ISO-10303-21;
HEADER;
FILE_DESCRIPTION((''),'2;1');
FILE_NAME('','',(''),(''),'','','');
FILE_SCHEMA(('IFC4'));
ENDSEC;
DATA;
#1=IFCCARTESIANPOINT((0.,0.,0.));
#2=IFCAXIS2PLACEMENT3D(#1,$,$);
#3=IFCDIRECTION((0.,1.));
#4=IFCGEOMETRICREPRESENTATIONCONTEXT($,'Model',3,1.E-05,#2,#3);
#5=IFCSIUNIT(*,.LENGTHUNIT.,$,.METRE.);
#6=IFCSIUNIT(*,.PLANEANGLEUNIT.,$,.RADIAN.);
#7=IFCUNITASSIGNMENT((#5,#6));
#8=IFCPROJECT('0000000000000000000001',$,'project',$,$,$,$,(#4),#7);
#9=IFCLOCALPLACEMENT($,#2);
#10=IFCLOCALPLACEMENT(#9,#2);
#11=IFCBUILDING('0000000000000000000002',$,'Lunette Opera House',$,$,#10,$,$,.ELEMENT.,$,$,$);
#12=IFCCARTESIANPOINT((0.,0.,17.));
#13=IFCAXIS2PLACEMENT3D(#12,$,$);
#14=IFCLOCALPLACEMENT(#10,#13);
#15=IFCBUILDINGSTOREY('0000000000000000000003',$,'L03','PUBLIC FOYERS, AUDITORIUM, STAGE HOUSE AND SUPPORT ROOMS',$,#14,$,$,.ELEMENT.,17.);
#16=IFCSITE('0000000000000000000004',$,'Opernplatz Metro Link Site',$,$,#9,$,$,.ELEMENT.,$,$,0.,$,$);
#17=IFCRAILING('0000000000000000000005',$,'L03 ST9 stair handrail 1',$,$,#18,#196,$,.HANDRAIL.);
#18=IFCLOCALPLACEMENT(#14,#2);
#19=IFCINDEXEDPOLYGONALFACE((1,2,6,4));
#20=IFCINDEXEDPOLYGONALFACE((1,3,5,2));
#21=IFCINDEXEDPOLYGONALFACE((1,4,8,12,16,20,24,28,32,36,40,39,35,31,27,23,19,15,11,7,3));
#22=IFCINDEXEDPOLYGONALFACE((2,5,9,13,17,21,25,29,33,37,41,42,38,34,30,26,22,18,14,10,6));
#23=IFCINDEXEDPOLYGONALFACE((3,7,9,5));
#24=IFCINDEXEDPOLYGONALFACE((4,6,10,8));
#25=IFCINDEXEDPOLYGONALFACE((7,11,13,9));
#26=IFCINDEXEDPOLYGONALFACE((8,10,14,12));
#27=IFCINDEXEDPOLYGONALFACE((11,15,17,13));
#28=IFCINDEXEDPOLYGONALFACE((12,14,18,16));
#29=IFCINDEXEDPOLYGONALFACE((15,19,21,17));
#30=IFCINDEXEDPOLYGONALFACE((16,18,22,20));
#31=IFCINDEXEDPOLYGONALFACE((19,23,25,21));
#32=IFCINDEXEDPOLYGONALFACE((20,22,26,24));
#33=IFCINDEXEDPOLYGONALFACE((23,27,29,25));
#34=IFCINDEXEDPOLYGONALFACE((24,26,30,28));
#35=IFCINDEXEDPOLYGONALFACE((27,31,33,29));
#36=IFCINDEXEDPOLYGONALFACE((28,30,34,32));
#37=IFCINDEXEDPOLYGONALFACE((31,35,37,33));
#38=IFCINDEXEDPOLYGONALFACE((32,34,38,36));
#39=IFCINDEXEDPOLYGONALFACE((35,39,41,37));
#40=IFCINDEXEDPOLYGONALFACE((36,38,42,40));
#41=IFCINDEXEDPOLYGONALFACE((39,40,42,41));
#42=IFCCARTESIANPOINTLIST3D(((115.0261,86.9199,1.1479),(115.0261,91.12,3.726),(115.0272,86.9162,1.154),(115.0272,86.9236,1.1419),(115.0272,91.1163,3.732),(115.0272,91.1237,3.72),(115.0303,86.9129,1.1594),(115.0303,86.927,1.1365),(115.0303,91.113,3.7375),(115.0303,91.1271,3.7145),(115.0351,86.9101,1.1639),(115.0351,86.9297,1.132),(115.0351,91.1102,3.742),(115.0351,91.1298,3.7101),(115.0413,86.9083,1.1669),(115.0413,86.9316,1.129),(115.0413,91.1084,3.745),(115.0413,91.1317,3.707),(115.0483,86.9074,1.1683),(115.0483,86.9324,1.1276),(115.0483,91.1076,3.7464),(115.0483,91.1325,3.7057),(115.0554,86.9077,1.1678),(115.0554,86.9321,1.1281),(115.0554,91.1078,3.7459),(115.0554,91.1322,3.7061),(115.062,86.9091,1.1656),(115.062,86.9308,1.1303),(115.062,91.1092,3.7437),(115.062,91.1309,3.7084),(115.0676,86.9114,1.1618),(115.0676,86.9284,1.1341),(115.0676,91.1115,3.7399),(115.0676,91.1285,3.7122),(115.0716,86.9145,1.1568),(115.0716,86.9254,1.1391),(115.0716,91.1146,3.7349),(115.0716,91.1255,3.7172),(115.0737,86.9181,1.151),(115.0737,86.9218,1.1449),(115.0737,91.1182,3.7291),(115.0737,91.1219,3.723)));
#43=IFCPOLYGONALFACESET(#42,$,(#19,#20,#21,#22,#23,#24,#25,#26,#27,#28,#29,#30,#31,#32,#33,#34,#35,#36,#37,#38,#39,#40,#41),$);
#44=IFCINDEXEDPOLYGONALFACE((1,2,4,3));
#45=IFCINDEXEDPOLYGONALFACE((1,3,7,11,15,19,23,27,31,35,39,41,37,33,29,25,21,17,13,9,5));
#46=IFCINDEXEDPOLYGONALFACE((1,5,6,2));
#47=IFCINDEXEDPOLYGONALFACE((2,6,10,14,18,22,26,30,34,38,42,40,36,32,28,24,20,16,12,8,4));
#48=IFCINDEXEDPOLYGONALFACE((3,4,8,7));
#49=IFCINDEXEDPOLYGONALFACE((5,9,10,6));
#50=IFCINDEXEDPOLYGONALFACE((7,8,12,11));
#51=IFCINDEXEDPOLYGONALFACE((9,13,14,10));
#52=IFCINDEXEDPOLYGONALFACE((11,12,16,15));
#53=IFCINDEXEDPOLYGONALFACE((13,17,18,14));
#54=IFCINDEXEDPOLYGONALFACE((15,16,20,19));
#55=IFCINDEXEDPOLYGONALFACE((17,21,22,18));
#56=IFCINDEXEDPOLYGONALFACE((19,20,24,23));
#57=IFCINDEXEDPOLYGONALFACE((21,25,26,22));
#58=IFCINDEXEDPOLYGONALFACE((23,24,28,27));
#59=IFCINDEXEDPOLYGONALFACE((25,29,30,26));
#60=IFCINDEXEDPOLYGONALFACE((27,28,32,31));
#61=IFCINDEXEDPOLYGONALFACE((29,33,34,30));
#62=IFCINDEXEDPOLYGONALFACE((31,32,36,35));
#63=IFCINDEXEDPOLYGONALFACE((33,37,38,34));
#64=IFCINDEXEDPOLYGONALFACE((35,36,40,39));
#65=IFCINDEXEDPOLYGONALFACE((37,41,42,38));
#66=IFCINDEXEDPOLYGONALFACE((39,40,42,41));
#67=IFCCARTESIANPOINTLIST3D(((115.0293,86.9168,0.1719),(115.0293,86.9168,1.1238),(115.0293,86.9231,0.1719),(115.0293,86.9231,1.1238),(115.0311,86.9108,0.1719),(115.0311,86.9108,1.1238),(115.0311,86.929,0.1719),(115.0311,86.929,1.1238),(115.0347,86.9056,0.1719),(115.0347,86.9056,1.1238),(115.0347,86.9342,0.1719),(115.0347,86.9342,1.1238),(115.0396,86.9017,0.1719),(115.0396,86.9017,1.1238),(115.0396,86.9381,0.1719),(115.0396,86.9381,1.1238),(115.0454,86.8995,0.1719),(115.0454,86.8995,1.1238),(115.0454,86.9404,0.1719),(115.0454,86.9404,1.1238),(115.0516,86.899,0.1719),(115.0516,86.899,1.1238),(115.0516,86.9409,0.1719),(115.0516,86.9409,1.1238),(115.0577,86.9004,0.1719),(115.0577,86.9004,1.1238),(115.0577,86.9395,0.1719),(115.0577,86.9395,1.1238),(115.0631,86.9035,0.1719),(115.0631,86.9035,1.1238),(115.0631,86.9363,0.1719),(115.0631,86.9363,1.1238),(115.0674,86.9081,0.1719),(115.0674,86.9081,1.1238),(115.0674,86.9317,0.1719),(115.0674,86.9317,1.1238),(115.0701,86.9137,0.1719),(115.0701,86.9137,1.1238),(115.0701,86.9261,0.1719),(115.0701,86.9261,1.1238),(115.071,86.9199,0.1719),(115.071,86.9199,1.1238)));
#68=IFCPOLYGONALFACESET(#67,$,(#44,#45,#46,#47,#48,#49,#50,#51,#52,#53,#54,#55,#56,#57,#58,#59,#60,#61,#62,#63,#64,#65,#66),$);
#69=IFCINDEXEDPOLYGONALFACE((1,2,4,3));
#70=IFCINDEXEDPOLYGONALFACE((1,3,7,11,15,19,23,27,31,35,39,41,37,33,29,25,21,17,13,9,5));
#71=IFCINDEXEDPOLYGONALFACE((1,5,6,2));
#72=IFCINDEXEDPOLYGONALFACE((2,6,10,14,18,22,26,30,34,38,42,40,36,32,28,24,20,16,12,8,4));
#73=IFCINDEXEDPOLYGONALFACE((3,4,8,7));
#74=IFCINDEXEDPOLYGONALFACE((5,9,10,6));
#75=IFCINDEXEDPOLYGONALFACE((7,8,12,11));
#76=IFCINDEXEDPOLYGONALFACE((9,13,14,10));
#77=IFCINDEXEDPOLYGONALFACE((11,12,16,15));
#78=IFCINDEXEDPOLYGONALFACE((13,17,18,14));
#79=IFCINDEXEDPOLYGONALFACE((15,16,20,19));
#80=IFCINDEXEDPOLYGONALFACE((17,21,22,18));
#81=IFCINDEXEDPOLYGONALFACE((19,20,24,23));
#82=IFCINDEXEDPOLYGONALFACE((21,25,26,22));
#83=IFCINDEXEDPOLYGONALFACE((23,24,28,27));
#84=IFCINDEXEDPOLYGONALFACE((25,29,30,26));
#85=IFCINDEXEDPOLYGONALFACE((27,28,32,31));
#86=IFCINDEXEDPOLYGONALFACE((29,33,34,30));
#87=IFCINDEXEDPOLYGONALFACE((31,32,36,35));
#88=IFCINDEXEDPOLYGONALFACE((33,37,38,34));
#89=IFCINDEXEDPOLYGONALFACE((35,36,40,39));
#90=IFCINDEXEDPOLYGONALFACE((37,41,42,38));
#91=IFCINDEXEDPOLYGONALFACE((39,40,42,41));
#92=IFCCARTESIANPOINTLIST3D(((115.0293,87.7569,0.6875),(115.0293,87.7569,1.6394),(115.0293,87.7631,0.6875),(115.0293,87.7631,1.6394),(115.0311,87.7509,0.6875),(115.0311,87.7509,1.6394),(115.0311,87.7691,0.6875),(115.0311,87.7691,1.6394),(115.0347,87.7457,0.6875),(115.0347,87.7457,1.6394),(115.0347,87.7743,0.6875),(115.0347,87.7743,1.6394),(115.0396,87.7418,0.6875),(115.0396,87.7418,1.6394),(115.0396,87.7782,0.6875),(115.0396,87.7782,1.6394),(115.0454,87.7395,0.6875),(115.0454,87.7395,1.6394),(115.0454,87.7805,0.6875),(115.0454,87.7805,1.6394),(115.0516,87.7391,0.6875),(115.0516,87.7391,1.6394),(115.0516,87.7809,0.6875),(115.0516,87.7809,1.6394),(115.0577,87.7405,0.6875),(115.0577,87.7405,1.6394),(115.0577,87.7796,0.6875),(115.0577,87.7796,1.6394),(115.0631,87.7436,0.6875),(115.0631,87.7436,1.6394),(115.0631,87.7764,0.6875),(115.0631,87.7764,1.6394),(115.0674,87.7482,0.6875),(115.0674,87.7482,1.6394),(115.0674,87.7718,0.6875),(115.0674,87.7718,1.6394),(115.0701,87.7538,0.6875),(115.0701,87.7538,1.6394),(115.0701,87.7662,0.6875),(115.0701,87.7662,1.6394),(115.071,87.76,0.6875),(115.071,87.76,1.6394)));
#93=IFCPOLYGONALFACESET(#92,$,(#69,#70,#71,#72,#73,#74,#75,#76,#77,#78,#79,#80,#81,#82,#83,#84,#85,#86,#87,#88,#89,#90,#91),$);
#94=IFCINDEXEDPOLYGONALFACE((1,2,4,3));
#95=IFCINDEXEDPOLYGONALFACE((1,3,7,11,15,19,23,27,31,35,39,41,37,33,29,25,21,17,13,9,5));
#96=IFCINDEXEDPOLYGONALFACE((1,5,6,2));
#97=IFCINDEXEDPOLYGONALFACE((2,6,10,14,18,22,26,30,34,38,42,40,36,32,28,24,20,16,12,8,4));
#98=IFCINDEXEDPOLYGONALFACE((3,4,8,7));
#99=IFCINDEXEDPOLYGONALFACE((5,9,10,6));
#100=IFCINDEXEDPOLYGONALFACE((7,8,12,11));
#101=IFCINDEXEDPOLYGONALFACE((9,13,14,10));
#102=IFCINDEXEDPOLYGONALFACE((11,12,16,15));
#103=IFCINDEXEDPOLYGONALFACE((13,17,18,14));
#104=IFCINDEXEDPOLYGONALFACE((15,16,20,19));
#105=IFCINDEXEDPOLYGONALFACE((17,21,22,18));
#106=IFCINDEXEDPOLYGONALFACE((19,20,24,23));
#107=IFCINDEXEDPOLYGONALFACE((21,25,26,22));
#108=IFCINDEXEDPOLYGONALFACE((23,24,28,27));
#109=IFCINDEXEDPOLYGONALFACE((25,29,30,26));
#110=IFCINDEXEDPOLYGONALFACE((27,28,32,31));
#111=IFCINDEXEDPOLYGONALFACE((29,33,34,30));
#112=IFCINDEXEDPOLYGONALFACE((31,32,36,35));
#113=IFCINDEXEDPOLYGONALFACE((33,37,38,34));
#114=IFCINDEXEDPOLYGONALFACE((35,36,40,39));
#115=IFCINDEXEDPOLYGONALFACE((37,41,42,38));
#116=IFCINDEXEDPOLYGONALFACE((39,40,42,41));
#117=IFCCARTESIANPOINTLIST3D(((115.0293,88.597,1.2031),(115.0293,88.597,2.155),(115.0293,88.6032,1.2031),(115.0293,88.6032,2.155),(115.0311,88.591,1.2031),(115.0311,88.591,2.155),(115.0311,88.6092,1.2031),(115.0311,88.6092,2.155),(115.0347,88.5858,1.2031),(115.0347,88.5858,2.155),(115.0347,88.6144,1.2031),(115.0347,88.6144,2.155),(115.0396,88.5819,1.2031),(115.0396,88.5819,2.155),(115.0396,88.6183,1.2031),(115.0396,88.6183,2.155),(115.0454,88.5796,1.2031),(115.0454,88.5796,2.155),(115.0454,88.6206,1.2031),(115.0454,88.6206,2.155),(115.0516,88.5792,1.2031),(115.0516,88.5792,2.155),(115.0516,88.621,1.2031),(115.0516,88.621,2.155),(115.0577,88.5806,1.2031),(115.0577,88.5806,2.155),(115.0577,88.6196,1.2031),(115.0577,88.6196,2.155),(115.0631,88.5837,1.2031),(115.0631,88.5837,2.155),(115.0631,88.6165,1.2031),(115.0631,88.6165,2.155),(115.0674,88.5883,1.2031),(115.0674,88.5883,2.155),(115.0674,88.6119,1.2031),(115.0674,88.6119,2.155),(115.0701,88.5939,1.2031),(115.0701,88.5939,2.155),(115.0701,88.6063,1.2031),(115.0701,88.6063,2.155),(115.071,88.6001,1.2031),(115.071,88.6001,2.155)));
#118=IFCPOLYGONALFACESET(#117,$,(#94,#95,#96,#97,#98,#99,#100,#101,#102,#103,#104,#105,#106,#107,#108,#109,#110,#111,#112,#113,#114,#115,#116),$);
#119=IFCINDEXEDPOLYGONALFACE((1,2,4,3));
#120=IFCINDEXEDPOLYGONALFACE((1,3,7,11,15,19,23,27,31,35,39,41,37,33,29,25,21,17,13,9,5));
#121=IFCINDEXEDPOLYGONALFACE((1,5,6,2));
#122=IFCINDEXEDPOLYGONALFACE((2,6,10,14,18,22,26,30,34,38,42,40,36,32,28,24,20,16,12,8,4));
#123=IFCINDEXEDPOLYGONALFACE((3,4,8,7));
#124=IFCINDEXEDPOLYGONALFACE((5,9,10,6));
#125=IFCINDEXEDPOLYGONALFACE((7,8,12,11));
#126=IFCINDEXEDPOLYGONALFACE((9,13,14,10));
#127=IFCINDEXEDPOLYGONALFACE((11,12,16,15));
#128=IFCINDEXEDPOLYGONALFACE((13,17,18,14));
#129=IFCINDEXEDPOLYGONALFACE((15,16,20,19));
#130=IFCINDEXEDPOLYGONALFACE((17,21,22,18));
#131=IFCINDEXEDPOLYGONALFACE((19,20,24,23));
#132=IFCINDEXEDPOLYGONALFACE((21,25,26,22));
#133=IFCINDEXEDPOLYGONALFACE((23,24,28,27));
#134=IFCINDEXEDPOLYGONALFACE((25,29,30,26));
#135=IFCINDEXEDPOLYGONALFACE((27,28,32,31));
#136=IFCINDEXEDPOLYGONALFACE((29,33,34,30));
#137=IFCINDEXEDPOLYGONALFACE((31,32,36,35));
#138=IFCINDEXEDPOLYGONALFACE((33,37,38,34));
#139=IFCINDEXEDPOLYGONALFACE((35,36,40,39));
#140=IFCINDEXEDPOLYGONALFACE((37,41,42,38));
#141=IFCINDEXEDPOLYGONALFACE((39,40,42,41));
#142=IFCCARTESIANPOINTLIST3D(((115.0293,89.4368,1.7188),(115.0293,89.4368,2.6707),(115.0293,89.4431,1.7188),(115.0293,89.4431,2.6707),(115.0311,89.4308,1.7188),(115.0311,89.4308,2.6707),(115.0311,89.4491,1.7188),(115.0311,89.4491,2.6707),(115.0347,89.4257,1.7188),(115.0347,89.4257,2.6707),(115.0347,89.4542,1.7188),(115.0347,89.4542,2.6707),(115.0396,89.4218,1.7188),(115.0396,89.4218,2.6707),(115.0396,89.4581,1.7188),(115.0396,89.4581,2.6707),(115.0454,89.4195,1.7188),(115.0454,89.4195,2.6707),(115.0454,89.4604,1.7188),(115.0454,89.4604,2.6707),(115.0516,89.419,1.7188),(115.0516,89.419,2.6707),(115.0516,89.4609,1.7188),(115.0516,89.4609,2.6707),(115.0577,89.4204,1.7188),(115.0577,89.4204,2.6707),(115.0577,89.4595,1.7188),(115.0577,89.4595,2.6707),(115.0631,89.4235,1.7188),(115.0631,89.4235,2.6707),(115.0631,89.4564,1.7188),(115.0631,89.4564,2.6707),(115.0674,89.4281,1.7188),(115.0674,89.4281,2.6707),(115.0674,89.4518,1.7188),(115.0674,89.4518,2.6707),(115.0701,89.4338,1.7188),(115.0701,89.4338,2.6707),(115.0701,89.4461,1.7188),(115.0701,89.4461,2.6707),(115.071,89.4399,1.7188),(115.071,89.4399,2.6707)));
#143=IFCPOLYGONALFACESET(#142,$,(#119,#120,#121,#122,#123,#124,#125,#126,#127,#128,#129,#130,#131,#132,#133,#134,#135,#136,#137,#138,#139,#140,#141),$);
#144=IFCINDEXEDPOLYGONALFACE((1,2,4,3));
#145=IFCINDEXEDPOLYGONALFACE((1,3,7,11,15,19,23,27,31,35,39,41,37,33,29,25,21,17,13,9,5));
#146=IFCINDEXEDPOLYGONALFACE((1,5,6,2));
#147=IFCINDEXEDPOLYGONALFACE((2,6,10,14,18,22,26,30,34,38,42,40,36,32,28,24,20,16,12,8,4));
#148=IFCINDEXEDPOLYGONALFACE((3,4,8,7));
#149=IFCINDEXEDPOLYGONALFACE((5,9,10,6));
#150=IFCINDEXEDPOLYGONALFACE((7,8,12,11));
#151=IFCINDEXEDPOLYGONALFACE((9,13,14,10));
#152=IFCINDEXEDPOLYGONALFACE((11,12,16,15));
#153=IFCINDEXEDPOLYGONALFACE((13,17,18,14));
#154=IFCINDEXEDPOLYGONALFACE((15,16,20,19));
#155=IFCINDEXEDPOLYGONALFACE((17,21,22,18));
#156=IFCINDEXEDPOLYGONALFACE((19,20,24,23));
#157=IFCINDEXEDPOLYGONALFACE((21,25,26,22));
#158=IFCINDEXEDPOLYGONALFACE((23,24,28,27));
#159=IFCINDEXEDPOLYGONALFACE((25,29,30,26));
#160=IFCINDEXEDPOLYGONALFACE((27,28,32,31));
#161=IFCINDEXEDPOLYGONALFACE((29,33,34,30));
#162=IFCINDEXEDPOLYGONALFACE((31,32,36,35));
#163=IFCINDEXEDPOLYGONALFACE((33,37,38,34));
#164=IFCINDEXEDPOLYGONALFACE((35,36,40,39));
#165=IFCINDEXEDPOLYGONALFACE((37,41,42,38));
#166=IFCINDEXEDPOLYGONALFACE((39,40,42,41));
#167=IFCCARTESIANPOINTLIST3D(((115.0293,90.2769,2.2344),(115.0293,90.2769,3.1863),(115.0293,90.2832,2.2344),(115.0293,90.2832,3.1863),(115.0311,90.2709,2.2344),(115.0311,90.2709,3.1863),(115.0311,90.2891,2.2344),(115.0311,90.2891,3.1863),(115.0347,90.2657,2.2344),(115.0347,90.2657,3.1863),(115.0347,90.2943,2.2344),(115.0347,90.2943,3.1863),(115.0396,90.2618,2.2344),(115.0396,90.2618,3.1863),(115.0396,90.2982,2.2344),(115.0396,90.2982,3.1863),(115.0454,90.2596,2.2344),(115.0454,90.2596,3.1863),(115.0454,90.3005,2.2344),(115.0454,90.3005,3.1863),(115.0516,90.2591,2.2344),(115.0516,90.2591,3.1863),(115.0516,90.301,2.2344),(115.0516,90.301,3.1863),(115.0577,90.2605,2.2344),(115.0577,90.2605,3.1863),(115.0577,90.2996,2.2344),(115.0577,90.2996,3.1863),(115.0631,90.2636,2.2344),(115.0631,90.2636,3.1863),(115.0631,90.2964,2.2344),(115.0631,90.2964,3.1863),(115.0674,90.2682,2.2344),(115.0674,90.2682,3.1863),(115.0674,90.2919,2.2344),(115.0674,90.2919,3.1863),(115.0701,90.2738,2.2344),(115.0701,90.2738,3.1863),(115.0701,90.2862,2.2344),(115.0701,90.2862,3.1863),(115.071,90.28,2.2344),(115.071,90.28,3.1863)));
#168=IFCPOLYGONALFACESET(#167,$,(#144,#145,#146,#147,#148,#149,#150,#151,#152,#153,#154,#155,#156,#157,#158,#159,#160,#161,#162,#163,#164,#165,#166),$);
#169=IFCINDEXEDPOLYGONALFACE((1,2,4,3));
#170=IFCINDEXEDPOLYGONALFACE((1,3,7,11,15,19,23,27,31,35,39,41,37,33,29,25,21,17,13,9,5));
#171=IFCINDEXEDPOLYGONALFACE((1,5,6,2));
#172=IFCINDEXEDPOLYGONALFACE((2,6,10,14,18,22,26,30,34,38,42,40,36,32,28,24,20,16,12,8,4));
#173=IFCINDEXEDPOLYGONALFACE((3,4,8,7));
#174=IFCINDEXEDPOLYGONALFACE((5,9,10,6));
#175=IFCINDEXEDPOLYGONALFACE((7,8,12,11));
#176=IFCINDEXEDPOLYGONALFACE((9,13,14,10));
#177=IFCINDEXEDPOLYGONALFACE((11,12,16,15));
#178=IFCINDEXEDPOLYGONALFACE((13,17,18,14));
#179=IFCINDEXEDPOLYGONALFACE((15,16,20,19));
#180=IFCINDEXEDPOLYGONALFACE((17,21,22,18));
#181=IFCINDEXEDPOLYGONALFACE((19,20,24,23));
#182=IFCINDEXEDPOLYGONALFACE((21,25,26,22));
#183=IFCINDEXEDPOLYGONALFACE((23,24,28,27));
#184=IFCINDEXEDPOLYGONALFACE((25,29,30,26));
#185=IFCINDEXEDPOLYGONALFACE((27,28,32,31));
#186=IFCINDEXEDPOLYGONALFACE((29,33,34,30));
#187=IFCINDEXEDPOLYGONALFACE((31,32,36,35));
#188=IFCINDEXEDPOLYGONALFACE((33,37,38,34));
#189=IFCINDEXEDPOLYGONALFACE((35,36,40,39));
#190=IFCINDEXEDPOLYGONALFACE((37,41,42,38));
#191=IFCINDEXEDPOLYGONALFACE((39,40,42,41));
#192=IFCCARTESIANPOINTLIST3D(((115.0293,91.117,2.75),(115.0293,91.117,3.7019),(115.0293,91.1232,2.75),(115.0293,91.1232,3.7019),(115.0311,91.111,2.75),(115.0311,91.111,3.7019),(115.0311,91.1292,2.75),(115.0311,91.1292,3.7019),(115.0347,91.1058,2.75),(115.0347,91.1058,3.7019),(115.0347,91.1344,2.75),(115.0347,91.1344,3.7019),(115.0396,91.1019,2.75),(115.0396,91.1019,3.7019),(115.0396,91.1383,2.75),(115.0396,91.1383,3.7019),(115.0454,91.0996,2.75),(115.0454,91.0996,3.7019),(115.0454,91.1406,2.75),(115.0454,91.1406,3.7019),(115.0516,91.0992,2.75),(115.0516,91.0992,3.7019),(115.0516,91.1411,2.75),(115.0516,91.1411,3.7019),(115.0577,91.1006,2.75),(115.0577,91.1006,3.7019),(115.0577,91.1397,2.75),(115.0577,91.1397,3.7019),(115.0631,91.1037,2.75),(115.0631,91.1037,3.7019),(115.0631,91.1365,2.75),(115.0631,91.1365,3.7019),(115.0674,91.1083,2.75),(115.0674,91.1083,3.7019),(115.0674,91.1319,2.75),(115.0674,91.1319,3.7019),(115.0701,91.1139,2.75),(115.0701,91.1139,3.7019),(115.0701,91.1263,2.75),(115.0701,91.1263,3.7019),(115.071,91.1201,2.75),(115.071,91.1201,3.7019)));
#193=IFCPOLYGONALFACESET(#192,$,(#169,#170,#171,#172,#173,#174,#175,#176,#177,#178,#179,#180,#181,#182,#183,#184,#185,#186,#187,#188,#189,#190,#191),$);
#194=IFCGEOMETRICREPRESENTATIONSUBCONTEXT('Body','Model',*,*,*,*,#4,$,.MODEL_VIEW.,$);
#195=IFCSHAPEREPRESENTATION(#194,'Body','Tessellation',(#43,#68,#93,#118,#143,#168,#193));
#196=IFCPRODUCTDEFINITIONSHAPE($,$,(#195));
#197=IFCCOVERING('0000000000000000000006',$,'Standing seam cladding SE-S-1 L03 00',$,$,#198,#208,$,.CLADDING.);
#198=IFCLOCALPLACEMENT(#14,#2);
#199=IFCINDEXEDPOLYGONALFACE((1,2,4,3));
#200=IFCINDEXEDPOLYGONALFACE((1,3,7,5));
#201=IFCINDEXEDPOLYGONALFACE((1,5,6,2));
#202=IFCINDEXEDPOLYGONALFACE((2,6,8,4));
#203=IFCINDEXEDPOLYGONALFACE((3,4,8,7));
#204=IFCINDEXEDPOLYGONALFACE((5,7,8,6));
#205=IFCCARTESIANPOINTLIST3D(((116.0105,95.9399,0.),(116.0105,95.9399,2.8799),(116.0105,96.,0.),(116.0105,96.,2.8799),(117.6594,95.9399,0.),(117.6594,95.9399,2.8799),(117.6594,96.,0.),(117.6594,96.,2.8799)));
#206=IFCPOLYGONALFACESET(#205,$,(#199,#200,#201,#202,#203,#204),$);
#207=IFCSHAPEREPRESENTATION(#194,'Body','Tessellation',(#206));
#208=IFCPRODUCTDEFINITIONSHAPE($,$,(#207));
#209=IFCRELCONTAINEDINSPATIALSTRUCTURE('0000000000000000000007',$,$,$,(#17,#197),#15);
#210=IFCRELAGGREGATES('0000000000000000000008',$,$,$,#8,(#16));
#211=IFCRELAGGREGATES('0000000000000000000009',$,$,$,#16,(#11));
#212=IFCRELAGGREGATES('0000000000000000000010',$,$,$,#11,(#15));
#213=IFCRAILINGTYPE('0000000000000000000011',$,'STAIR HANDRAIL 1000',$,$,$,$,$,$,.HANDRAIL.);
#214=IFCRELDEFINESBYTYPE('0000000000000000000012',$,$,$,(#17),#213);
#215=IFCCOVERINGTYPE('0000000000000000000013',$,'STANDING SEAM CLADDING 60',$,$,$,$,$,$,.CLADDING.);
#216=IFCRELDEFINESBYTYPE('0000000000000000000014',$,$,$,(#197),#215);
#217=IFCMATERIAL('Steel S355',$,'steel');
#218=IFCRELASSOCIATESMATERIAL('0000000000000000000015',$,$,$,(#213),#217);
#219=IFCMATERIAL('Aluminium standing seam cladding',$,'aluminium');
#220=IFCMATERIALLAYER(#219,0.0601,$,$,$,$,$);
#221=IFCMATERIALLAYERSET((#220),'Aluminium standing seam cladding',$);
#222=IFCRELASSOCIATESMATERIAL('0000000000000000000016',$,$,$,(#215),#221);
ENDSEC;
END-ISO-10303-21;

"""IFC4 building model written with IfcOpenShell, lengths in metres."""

from ifc_helpers import new_model, si_unit, direction, frame, origin, origin_2d, place, context, subcontext, project, spatial, rectangle, circle, extrude, material, layer, layer_set, type_object, element, save


model = new_model("IFC4")

# Units and contexts
model_context = context("Model", 3, precision=1e-05, world=origin(), true_north=direction((0.0, 1.0)))
body_context = subcontext(model_context, "Body", "Model", "MODEL_VIEW")
ifc_project = project(units=[si_unit("LENGTHUNIT", "METRE"), si_unit("PLANEANGLEUNIT", "RADIAN")], contexts=[model_context])

# Site, building, storey
site_placement = place(None, origin())
site = spatial("IfcSite", under=ifc_project, at=site_placement, Name="Opernplatz Metro Link Site", CompositionType="ELEMENT", RefElevation=0.0)
building_placement = place(site_placement, origin())
building = spatial("IfcBuilding", under=site, at=building_placement, Name="Lunette Opera House", CompositionType="ELEMENT")
storey_placement = place(building_placement, frame((0.0, 0.0, 17.0)))
storey = spatial("IfcBuildingStorey", under=building, at=storey_placement, Name="L03", Description="PUBLIC FOYERS, AUDITORIUM, STAGE HOUSE AND SUPPORT ROOMS", CompositionType="ELEMENT", Elevation=17.0)

# Railing
ifc_material_1 = material(Name="Steel S355", Category="steel")
railing_type_1 = type_object("IfcRailingType", Name="STAIR HANDRAIL 1000", PredefinedType="HANDRAIL", material=ifc_material_1)
railing_1_placement = place(storey_placement, frame((115.05, 86.9199, 0.1719)))
element("IfcRailing", 1, at=railing_1_placement, inside=storey, type_object=railing_type_1, Name="L03 ST9 stair handrail 1", PredefinedType="HANDRAIL", context=body_context, shape_type="SweptSolid", body=[
    extrude(circle(Radius=0.0239, at=origin_2d()), frame((0.0, 0.0, 0.9761), z_axis=(0.0, 0.852256, 0.523124), x_axis=(-1.0, 0.0, 0.0)), (0.0, 0.0, 1.0), 4.9282),
    extrude(circle(Radius=0.021, at=origin_2d()), origin(), (0.0, 0.0, 1.0), 0.9519),
    extrude(circle(Radius=0.021, at=origin_2d()), frame((0.0, 0.8401, 0.5156)), (0.0, 0.0, 1.0), 0.9519),
    extrude(circle(Radius=0.021, at=origin_2d()), frame((0.0, 1.6802, 1.0312)), (0.0, 0.0, 1.0), 0.9519),
    extrude(circle(Radius=0.021, at=origin_2d()), frame((0.0, 2.52, 1.5469)), (0.0, 0.0, 1.0), 0.9519),
    extrude(circle(Radius=0.021, at=origin_2d()), frame((0.0, 3.3601, 2.0625)), (0.0, 0.0, 1.0), 0.9519),
    extrude(circle(Radius=0.021, at=origin_2d()), frame((0.0, 4.2002, 2.5781)), (0.0, 0.0, 1.0), 0.9519),
])

# Covering
ifc_material_2 = material(Name="Aluminium standing seam cladding", Category="aluminium")
ifc_layer_1 = layer(ifc_material_2, 0.0601)
ifc_layer_set_1 = layer_set([ifc_layer_1], Name="Aluminium standing seam cladding")
covering_type_1 = type_object("IfcCoveringType", Name="STANDING SEAM CLADDING 60", PredefinedType="CLADDING", material=ifc_layer_set_1)
for number, where, z_axis, x_axis, name in (
    (2, (116.835, 95.97, 0.0), (0.0, 0.0, 1.0), (1.0, 0.0, 0.0), "Standing seam cladding SE-S-1 L03 00"),
):
    element("IfcCovering", number, at=place(storey_placement, frame(where, z_axis=z_axis, x_axis=x_axis)), inside=storey, type_object=covering_type_1, Name=name, PredefinedType="CLADDING", context=body_context, shape_type="SweptSolid", body=[
        extrude(rectangle(XDim=1.6489, YDim=0.0601, at=origin_2d()), origin(), (0.0, 0.0, 1.0), 2.8799),
    ])

save(model, "model.ifc")
